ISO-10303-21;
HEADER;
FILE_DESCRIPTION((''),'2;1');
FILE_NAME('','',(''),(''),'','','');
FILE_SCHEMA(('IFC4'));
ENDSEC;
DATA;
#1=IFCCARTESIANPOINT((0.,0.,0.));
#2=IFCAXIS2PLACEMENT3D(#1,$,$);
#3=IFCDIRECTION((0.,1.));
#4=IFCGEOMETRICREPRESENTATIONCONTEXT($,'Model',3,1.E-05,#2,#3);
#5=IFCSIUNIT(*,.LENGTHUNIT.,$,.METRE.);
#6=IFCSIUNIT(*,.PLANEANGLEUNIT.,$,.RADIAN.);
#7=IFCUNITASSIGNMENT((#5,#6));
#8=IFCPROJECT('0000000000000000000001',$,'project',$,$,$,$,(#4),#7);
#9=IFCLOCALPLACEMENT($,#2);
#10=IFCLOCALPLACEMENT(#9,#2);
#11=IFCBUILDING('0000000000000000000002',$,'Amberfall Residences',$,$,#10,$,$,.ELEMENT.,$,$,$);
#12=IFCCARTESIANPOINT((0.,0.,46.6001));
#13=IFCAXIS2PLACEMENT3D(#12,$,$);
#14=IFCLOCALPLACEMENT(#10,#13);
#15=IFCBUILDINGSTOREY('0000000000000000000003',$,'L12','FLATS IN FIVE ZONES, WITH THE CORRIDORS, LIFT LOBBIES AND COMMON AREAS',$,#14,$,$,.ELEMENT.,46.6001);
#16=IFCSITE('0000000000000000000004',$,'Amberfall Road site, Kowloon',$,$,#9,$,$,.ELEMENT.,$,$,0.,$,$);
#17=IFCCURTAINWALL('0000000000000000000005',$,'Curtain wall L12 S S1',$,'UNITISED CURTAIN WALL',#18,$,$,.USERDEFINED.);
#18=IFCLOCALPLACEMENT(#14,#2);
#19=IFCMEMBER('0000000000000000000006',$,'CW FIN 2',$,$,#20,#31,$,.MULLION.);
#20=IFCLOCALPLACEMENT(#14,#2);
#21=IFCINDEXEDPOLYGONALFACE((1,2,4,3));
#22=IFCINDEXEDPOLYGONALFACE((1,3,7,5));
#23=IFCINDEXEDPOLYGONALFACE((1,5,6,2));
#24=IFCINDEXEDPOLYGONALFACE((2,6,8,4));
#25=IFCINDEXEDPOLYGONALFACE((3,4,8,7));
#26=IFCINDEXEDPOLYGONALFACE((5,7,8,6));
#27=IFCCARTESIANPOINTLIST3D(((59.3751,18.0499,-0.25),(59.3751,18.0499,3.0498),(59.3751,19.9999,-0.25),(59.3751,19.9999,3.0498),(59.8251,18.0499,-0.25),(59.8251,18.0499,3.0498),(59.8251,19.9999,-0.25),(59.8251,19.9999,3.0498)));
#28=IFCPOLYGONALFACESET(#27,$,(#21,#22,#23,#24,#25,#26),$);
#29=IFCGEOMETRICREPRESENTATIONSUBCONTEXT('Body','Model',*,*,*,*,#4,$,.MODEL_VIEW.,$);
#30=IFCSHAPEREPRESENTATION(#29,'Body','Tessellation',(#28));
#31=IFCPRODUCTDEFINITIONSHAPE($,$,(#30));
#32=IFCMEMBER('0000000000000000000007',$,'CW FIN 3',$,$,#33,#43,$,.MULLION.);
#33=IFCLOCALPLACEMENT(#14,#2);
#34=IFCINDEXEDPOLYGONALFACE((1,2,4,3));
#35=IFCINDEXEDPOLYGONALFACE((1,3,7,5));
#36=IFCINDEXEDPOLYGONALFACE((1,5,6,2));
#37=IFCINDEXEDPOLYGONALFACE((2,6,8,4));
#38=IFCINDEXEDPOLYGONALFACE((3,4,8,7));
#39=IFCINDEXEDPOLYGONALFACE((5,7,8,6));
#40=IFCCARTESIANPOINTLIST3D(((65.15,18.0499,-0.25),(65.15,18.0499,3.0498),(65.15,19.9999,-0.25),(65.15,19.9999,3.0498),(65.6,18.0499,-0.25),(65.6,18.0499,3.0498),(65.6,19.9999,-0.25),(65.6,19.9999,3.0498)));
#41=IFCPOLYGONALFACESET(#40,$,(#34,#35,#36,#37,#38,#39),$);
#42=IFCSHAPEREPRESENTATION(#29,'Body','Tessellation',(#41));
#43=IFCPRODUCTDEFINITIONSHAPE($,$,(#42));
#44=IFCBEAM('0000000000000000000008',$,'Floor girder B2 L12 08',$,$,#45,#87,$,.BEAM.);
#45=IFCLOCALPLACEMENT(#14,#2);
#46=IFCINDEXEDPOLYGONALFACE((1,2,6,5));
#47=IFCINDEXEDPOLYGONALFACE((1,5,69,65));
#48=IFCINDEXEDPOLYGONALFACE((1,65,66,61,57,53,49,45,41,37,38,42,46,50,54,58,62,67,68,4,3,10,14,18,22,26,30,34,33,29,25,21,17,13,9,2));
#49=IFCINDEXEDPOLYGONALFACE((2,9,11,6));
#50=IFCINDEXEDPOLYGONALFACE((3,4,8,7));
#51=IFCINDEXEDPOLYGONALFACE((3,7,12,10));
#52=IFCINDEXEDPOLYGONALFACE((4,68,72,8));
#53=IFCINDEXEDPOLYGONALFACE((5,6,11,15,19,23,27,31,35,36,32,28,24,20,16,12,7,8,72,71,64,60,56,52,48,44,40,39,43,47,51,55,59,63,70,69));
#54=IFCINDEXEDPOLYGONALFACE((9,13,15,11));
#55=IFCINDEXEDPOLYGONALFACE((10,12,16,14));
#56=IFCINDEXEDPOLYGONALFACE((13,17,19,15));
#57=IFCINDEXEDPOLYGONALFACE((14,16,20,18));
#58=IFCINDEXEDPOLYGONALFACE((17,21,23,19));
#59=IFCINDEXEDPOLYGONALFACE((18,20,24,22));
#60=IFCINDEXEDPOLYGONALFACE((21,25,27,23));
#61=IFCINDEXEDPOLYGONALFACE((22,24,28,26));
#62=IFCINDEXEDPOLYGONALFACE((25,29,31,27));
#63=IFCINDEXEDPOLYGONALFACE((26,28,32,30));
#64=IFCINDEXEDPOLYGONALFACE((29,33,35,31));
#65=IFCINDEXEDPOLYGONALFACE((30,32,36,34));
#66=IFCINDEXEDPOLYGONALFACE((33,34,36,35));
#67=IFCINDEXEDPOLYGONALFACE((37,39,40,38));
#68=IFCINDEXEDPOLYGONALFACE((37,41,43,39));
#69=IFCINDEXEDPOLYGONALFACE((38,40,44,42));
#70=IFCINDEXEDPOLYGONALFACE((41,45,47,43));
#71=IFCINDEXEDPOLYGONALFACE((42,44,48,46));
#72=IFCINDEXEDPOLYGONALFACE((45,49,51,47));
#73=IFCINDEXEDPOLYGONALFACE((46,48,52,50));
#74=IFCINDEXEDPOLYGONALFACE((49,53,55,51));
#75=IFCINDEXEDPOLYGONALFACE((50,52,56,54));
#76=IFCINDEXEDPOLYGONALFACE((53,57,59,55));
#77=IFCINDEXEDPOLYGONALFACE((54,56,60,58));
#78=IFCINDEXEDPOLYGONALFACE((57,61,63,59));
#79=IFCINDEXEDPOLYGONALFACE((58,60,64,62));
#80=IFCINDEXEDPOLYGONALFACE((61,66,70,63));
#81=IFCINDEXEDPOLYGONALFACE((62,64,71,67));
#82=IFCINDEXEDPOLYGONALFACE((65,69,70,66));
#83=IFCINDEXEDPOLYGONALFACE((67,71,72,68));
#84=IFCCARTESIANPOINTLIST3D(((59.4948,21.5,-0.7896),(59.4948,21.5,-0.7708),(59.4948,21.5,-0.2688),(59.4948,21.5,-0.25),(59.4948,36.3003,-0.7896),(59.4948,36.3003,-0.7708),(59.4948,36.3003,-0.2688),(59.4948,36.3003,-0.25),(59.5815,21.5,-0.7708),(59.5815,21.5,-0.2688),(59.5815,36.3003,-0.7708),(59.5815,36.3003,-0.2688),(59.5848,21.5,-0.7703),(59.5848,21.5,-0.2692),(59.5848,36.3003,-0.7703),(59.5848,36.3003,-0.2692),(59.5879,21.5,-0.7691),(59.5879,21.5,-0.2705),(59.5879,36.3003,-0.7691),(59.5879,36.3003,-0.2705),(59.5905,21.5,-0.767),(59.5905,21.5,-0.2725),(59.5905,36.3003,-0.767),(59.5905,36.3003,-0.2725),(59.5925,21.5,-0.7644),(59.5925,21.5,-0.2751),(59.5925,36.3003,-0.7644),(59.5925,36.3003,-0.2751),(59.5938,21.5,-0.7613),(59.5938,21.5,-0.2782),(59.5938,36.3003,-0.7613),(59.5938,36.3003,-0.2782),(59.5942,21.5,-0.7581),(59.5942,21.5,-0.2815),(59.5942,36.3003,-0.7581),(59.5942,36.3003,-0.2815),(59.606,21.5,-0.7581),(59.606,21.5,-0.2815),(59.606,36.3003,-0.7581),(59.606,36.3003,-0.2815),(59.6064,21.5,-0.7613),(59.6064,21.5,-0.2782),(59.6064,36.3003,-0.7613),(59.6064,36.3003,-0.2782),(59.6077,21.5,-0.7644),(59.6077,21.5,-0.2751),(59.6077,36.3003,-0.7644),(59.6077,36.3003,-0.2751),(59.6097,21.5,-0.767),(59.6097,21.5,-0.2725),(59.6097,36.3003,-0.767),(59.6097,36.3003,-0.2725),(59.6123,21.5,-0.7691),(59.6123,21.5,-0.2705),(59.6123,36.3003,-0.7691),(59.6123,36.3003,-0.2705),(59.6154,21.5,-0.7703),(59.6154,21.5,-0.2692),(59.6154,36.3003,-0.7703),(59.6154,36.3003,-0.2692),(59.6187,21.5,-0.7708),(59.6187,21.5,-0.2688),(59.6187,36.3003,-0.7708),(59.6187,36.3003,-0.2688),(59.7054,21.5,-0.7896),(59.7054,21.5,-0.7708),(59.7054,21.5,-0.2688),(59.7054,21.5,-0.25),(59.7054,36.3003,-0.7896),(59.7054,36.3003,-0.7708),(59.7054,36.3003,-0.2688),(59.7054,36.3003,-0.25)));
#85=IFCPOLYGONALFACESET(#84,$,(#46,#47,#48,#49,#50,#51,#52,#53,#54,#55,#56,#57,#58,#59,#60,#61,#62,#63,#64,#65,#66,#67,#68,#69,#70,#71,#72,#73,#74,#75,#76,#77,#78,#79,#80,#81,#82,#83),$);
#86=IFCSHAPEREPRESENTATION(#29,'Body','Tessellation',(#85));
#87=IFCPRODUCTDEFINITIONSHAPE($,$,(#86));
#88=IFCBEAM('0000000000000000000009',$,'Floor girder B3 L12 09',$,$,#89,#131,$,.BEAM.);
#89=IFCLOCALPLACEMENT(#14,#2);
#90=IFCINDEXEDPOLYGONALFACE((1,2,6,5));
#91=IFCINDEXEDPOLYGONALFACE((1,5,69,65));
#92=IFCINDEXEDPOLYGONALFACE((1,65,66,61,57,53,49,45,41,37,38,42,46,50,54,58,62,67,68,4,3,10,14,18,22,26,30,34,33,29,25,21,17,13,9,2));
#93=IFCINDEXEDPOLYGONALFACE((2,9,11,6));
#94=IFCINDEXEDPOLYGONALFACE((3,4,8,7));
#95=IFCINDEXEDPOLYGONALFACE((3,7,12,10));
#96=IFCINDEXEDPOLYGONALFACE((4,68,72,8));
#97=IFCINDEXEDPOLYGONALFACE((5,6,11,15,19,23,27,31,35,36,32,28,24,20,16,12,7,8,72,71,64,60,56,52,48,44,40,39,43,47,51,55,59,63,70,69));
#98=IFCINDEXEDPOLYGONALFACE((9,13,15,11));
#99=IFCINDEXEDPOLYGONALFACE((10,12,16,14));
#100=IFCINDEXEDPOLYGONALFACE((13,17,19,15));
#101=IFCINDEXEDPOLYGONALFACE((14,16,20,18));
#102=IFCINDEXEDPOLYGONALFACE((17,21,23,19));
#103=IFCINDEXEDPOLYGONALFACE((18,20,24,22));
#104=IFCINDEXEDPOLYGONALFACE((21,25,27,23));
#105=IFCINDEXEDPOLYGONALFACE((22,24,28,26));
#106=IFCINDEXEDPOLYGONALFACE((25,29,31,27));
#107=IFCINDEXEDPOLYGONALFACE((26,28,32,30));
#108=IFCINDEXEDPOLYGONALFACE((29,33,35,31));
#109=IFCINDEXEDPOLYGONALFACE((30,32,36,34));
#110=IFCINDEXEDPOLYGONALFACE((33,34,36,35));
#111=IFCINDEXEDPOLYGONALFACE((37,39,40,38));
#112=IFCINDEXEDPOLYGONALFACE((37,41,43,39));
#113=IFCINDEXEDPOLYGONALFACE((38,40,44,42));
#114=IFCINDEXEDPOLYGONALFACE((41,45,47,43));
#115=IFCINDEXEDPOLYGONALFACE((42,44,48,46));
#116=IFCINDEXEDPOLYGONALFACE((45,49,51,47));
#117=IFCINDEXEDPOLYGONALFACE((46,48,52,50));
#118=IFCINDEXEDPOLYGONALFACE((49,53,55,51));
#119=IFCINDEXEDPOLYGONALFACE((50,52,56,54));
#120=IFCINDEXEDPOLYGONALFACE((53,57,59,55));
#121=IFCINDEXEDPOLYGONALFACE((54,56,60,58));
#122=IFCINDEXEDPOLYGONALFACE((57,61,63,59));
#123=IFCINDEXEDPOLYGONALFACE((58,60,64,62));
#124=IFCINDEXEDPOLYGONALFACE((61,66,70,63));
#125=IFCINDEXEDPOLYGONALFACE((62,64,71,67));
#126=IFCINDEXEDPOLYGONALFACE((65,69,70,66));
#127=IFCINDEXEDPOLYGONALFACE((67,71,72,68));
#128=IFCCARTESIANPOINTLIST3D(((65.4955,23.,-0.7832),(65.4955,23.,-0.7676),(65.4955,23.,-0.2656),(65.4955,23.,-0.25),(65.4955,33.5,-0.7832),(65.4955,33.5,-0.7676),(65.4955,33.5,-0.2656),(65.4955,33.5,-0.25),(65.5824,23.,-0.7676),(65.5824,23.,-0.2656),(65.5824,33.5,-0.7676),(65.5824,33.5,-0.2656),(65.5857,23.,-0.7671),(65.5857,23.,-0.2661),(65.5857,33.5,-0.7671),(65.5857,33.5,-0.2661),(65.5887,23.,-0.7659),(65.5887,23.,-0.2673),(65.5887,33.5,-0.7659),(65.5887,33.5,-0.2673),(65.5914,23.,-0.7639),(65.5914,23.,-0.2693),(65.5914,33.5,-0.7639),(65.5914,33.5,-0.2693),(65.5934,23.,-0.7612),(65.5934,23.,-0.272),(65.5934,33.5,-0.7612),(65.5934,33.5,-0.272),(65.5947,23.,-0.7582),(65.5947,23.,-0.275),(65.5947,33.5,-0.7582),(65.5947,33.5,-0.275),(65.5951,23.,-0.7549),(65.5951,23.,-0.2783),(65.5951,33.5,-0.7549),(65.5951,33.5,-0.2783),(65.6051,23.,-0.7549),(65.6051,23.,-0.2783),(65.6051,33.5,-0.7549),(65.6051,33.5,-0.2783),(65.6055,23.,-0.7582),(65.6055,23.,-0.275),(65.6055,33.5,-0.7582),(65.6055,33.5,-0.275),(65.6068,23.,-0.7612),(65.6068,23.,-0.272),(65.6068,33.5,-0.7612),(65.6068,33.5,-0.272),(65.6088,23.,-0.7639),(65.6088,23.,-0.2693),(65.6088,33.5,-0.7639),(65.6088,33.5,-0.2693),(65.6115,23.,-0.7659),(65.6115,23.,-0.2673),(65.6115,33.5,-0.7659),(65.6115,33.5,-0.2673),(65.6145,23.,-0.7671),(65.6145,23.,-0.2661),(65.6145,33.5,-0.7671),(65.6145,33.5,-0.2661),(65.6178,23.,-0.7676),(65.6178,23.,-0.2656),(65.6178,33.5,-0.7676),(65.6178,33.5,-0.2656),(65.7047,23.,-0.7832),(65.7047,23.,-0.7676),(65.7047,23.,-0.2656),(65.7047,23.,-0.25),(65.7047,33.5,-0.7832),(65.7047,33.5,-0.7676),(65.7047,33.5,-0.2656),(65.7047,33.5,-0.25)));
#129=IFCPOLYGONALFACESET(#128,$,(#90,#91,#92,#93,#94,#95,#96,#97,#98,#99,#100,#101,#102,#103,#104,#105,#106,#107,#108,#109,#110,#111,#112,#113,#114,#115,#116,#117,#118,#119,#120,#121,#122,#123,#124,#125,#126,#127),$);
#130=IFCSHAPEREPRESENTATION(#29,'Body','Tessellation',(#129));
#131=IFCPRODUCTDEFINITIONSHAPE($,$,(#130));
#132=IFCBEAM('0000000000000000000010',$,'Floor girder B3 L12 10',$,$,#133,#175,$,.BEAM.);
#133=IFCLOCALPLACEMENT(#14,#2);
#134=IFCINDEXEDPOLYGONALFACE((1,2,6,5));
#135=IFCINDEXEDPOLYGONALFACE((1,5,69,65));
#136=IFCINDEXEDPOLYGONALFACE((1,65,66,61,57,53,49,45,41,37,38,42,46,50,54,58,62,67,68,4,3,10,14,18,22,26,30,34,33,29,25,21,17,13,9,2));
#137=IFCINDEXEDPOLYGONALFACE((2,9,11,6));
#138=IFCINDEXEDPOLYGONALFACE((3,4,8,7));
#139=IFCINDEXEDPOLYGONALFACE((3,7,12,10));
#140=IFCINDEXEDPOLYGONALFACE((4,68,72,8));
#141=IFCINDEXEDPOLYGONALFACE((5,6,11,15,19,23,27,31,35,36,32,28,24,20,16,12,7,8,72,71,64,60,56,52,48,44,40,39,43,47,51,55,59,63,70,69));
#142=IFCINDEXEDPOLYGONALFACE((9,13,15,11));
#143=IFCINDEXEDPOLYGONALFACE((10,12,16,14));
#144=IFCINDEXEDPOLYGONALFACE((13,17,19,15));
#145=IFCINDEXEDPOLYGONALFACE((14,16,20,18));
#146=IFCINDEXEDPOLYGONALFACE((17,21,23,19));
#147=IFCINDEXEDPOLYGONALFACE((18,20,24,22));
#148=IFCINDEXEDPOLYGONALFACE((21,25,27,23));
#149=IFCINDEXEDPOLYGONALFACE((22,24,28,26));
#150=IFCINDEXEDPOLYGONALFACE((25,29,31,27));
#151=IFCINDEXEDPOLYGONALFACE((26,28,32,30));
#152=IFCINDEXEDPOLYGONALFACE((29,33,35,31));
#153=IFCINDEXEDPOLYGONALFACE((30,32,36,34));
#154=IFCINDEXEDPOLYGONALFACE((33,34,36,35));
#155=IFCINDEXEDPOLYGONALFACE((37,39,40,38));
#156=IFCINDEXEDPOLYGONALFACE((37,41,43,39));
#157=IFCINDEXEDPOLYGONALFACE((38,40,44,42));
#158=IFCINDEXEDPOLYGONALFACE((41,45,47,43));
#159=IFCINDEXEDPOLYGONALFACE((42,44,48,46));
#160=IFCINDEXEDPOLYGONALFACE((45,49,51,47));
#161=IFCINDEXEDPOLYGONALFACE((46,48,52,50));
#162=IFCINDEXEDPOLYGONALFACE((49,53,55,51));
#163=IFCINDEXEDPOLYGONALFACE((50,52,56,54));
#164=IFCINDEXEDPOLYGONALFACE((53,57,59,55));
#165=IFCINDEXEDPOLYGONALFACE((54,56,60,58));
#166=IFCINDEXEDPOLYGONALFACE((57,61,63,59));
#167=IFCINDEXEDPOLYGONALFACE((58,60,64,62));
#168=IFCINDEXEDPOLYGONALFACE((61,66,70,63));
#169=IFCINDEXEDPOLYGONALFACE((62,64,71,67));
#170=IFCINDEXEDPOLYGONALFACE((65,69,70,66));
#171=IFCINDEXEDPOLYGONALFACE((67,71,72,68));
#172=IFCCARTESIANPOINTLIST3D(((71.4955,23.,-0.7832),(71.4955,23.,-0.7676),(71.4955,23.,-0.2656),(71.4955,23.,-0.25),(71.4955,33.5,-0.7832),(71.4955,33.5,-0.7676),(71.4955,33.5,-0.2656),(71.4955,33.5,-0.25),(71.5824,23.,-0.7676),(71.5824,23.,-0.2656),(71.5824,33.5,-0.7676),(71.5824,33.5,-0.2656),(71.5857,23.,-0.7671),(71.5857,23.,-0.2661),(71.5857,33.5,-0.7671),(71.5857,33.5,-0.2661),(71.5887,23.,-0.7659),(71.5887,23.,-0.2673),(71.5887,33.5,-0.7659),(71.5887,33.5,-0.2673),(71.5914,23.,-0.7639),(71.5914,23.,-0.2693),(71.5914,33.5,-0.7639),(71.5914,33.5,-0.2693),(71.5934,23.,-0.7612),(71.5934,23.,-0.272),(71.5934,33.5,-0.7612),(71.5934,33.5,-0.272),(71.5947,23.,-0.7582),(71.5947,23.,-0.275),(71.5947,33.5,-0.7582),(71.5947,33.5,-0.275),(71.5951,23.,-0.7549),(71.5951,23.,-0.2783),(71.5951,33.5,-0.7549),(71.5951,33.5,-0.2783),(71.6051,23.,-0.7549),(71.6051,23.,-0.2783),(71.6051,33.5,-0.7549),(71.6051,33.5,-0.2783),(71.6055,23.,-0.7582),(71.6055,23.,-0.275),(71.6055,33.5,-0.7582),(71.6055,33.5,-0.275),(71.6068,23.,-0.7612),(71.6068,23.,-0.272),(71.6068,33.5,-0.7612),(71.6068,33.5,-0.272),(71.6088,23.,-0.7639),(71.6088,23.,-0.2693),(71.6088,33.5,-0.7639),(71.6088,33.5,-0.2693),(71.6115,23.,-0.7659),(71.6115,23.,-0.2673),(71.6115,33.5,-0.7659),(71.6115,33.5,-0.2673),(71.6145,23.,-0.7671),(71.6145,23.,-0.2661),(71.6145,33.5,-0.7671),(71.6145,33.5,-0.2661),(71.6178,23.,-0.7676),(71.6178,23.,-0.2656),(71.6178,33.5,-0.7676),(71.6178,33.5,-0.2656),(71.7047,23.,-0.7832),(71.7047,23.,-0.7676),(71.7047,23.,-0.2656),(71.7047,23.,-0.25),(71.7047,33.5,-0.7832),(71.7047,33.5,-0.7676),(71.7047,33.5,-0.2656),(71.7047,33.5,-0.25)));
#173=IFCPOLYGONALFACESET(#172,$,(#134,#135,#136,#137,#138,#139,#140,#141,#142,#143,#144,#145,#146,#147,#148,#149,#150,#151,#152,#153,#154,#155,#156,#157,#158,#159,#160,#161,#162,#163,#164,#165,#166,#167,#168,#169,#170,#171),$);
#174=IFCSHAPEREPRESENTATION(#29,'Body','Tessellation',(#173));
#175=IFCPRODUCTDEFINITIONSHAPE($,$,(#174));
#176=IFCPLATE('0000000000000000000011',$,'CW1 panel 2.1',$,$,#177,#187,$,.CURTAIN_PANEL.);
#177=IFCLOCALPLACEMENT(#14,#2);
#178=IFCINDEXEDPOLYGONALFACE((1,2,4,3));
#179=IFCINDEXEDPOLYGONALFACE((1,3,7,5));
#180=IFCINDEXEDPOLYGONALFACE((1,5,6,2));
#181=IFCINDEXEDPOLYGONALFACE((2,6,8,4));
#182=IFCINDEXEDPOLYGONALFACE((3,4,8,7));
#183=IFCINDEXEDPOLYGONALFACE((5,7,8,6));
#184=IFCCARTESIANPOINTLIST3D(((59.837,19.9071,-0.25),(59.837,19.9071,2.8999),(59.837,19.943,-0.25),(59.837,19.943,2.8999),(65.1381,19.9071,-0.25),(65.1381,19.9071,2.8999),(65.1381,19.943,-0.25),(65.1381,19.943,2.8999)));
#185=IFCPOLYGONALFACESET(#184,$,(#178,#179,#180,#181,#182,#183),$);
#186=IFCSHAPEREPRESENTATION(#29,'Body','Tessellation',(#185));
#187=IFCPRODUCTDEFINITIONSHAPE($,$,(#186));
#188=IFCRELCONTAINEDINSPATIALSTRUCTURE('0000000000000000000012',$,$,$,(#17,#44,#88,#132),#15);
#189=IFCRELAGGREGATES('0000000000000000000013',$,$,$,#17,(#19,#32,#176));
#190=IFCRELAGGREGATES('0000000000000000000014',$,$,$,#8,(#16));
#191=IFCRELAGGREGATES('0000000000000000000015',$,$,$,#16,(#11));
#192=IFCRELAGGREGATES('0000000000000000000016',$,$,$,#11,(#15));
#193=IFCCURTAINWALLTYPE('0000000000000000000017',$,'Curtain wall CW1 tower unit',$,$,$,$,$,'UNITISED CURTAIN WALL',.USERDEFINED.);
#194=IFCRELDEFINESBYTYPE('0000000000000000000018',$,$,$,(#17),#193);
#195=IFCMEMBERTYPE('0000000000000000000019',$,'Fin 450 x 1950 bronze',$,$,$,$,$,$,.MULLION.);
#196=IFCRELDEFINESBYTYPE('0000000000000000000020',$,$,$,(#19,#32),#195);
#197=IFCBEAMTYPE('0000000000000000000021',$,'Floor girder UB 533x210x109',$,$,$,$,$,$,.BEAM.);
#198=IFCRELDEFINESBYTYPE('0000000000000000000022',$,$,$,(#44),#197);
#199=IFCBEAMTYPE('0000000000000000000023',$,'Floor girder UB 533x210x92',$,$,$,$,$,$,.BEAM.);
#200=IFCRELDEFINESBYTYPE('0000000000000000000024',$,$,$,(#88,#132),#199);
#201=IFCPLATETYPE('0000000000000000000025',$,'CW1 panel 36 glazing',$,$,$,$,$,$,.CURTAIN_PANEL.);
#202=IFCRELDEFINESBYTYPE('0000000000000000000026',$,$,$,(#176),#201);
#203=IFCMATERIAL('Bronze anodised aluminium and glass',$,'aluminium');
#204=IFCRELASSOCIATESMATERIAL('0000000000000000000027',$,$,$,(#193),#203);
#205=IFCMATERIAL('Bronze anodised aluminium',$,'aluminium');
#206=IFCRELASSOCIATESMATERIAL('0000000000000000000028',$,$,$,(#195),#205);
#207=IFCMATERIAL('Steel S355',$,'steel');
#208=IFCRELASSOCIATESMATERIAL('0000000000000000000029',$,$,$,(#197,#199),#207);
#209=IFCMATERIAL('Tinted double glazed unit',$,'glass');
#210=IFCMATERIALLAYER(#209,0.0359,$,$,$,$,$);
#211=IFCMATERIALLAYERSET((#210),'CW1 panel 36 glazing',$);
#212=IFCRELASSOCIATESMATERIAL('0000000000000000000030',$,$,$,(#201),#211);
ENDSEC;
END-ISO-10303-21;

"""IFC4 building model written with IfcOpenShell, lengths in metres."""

from ifc_helpers import new_model, si_unit, direction, frame, origin, origin_2d, place, context, subcontext, project, spatial, rectangle, i_section, extrude, material, layer, layer_set, material_profile, profile_set, type_object, element, aggregate, save


model = new_model("IFC4")

# Units and contexts
model_context = context("Model", 3, precision=1e-05, world=origin(), true_north=direction((0.0, 1.0)))
body_context = subcontext(model_context, "Body", "Model", "MODEL_VIEW")
ifc_project = project(units=[si_unit("LENGTHUNIT", "METRE"), si_unit("PLANEANGLEUNIT", "RADIAN")], contexts=[model_context])

# Site, building, storey
site_placement = place(None, origin())
site = spatial("IfcSite", under=ifc_project, at=site_placement, Name="Amberfall Road site, Kowloon", CompositionType="ELEMENT", RefElevation=0.0)
building_placement = place(site_placement, origin())
building = spatial("IfcBuilding", under=site, at=building_placement, Name="Amberfall Residences", CompositionType="ELEMENT")
storey_placement = place(building_placement, frame((0.0, 0.0, 46.6001)))
storey = spatial("IfcBuildingStorey", under=building, at=storey_placement, Name="L12", Description="FLATS IN FIVE ZONES, WITH THE CORRIDORS, LIFT LOBBIES AND COMMON AREAS", CompositionType="ELEMENT", Elevation=46.6001)

# Curtain wall
ifc_material_1 = material(Name="Bronze anodised aluminium and glass", Category="aluminium")
curtain_wall_type = type_object("IfcCurtainWallType", Name="Curtain wall CW1 tower unit", ElementType="UNITISED CURTAIN WALL", PredefinedType="USERDEFINED", material=ifc_material_1)
curtain_wall_placement = place(storey_placement, origin())
curtain_wall = element("IfcCurtainWall", 1, at=curtain_wall_placement, inside=storey, type_object=curtain_wall_type, Name="Curtain wall L12 S S1", ObjectType="UNITISED CURTAIN WALL", PredefinedType="USERDEFINED")
ifc_material_2 = material(Name="Bronze anodised aluminium", Category="aluminium")

# Shared definitions
ifc_material_3 = material(Name="Steel S355", Category="steel")

# Members
ifc_material_profile_1 = material_profile(ifc_material_2, rectangle(XDim=1.95, YDim=0.45, at=origin_2d()), Name="Fin 450 x 1950 bronze")
ifc_profile_set_1 = profile_set([ifc_material_profile_1], Name="Bronze anodised aluminium")
member_type_1 = type_object("IfcMemberType", Name="Fin 450 x 1950 bronze", PredefinedType="MULLION", material=ifc_profile_set_1)
member_1_placement = place(storey_placement, frame((59.6001, 19.0249, -0.25), z_axis=(0.0, 0.0, 1.0), x_axis=(0.0, 1.0, 0.0)))
member_1 = element("IfcMember", 2, at=member_1_placement, type_object=member_type_1, Name="CW FIN 2", PredefinedType="MULLION", context=body_context, shape_type="SweptSolid", body=[
    extrude(rectangle(XDim=1.95, YDim=0.45, at=origin_2d()), origin(), (0.0, 0.0, 1.0), 3.2998),
])
member_2_placement = place(storey_placement, frame((65.375, 19.0249, -0.25), z_axis=(0.0, 0.0, 1.0), x_axis=(0.0, 1.0, 0.0)))
member_2 = element("IfcMember", 3, at=member_2_placement, type_object=member_type_1, Name="CW FIN 3", PredefinedType="MULLION", context=body_context, shape_type="SweptSolid", body=[
    extrude(rectangle(XDim=1.95, YDim=0.45, at=origin_2d()), origin(), (0.0, 0.0, 1.0), 3.2998),
])

# Beams
ifc_material_profile_2 = material_profile(ifc_material_3, i_section(OverallWidth=0.2107, OverallDepth=0.5396, WebThickness=0.0117, FlangeThickness=0.0188, FilletRadius=0.0127, at=origin_2d()), Name="UB 533x210x109")
ifc_profile_set_2 = profile_set([ifc_material_profile_2], Name="Steel S355")
beam_type_1 = type_object("IfcBeamType", Name="Floor girder UB 533x210x109", PredefinedType="BEAM", material=ifc_profile_set_2)
beam_1_placement = place(storey_placement, frame((59.6001, 21.5, -0.5198), z_axis=(0.0, 1.0, 0.0), x_axis=(-1.0, 0.0, 0.0)))
element("IfcBeam", 4, at=beam_1_placement, inside=storey, type_object=beam_type_1, Name="Floor girder B2 L12 08", PredefinedType="BEAM", context=body_context, shape_type="SweptSolid", body=[
    extrude(i_section(OverallWidth=0.2107, OverallDepth=0.5396, WebThickness=0.0117, FlangeThickness=0.0188, FilletRadius=0.0127, at=origin_2d()), origin(), (0.0, 0.0, 1.0), 14.8003),
])
ifc_material_profile_3 = material_profile(ifc_material_3, i_section(OverallWidth=0.2092, OverallDepth=0.5332, WebThickness=0.01, FlangeThickness=0.0156, FilletRadius=0.0127, at=origin_2d()), Name="UB 533x210x92")
ifc_profile_set_3 = profile_set([ifc_material_profile_3], Name="Steel S355")
beam_type_2 = type_object("IfcBeamType", Name="Floor girder UB 533x210x92", PredefinedType="BEAM", material=ifc_profile_set_3)
for number, where, z_axis, x_axis, name in (
    (5, (65.6001, 23.0, -0.5166), (0.0, 1.0, 0.0), (-1.0, 0.0, 0.0), "Floor girder B3 L12 09"),
    (6, (71.6001, 23.0, -0.5166), (0.0, 1.0, 0.0), (-1.0, 0.0, 0.0), "Floor girder B3 L12 10"),
):
    element("IfcBeam", number, at=place(storey_placement, frame(where, z_axis=z_axis, x_axis=x_axis)), inside=storey, type_object=beam_type_2, Name=name, PredefinedType="BEAM", context=body_context, shape_type="SweptSolid", body=[
        extrude(i_section(OverallWidth=0.2092, OverallDepth=0.5332, WebThickness=0.01, FlangeThickness=0.0156, FilletRadius=0.0127, at=origin_2d()), origin(), (0.0, 0.0, 1.0), 10.5),
    ])

# Plate
ifc_material_4 = material(Name="Tinted double glazed unit", Category="glass")
ifc_layer_1 = layer(ifc_material_4, 0.0359)
ifc_layer_set_1 = layer_set([ifc_layer_1], Name="CW1 panel 36 glazing")
plate_type = type_object("IfcPlateType", Name="CW1 panel 36 glazing", PredefinedType="CURTAIN_PANEL", material=ifc_layer_set_1)
plate_placement = place(storey_placement, frame((62.4875, 19.925, -0.25), z_axis=(0.0, 0.0, 1.0), x_axis=(1.0, 0.0, 0.0)))
plate = element("IfcPlate", 7, at=plate_placement, type_object=plate_type, Name="CW1 panel 2.1", PredefinedType="CURTAIN_PANEL", context=body_context, shape_type="SweptSolid", body=[
    extrude(rectangle(XDim=5.301, YDim=0.0359, at=origin_2d()), origin(), (0.0, 0.0, 1.0), 3.1499),
])
aggregate(curtain_wall, [member_1, member_2, plate])

save(model, "model.ifc")
